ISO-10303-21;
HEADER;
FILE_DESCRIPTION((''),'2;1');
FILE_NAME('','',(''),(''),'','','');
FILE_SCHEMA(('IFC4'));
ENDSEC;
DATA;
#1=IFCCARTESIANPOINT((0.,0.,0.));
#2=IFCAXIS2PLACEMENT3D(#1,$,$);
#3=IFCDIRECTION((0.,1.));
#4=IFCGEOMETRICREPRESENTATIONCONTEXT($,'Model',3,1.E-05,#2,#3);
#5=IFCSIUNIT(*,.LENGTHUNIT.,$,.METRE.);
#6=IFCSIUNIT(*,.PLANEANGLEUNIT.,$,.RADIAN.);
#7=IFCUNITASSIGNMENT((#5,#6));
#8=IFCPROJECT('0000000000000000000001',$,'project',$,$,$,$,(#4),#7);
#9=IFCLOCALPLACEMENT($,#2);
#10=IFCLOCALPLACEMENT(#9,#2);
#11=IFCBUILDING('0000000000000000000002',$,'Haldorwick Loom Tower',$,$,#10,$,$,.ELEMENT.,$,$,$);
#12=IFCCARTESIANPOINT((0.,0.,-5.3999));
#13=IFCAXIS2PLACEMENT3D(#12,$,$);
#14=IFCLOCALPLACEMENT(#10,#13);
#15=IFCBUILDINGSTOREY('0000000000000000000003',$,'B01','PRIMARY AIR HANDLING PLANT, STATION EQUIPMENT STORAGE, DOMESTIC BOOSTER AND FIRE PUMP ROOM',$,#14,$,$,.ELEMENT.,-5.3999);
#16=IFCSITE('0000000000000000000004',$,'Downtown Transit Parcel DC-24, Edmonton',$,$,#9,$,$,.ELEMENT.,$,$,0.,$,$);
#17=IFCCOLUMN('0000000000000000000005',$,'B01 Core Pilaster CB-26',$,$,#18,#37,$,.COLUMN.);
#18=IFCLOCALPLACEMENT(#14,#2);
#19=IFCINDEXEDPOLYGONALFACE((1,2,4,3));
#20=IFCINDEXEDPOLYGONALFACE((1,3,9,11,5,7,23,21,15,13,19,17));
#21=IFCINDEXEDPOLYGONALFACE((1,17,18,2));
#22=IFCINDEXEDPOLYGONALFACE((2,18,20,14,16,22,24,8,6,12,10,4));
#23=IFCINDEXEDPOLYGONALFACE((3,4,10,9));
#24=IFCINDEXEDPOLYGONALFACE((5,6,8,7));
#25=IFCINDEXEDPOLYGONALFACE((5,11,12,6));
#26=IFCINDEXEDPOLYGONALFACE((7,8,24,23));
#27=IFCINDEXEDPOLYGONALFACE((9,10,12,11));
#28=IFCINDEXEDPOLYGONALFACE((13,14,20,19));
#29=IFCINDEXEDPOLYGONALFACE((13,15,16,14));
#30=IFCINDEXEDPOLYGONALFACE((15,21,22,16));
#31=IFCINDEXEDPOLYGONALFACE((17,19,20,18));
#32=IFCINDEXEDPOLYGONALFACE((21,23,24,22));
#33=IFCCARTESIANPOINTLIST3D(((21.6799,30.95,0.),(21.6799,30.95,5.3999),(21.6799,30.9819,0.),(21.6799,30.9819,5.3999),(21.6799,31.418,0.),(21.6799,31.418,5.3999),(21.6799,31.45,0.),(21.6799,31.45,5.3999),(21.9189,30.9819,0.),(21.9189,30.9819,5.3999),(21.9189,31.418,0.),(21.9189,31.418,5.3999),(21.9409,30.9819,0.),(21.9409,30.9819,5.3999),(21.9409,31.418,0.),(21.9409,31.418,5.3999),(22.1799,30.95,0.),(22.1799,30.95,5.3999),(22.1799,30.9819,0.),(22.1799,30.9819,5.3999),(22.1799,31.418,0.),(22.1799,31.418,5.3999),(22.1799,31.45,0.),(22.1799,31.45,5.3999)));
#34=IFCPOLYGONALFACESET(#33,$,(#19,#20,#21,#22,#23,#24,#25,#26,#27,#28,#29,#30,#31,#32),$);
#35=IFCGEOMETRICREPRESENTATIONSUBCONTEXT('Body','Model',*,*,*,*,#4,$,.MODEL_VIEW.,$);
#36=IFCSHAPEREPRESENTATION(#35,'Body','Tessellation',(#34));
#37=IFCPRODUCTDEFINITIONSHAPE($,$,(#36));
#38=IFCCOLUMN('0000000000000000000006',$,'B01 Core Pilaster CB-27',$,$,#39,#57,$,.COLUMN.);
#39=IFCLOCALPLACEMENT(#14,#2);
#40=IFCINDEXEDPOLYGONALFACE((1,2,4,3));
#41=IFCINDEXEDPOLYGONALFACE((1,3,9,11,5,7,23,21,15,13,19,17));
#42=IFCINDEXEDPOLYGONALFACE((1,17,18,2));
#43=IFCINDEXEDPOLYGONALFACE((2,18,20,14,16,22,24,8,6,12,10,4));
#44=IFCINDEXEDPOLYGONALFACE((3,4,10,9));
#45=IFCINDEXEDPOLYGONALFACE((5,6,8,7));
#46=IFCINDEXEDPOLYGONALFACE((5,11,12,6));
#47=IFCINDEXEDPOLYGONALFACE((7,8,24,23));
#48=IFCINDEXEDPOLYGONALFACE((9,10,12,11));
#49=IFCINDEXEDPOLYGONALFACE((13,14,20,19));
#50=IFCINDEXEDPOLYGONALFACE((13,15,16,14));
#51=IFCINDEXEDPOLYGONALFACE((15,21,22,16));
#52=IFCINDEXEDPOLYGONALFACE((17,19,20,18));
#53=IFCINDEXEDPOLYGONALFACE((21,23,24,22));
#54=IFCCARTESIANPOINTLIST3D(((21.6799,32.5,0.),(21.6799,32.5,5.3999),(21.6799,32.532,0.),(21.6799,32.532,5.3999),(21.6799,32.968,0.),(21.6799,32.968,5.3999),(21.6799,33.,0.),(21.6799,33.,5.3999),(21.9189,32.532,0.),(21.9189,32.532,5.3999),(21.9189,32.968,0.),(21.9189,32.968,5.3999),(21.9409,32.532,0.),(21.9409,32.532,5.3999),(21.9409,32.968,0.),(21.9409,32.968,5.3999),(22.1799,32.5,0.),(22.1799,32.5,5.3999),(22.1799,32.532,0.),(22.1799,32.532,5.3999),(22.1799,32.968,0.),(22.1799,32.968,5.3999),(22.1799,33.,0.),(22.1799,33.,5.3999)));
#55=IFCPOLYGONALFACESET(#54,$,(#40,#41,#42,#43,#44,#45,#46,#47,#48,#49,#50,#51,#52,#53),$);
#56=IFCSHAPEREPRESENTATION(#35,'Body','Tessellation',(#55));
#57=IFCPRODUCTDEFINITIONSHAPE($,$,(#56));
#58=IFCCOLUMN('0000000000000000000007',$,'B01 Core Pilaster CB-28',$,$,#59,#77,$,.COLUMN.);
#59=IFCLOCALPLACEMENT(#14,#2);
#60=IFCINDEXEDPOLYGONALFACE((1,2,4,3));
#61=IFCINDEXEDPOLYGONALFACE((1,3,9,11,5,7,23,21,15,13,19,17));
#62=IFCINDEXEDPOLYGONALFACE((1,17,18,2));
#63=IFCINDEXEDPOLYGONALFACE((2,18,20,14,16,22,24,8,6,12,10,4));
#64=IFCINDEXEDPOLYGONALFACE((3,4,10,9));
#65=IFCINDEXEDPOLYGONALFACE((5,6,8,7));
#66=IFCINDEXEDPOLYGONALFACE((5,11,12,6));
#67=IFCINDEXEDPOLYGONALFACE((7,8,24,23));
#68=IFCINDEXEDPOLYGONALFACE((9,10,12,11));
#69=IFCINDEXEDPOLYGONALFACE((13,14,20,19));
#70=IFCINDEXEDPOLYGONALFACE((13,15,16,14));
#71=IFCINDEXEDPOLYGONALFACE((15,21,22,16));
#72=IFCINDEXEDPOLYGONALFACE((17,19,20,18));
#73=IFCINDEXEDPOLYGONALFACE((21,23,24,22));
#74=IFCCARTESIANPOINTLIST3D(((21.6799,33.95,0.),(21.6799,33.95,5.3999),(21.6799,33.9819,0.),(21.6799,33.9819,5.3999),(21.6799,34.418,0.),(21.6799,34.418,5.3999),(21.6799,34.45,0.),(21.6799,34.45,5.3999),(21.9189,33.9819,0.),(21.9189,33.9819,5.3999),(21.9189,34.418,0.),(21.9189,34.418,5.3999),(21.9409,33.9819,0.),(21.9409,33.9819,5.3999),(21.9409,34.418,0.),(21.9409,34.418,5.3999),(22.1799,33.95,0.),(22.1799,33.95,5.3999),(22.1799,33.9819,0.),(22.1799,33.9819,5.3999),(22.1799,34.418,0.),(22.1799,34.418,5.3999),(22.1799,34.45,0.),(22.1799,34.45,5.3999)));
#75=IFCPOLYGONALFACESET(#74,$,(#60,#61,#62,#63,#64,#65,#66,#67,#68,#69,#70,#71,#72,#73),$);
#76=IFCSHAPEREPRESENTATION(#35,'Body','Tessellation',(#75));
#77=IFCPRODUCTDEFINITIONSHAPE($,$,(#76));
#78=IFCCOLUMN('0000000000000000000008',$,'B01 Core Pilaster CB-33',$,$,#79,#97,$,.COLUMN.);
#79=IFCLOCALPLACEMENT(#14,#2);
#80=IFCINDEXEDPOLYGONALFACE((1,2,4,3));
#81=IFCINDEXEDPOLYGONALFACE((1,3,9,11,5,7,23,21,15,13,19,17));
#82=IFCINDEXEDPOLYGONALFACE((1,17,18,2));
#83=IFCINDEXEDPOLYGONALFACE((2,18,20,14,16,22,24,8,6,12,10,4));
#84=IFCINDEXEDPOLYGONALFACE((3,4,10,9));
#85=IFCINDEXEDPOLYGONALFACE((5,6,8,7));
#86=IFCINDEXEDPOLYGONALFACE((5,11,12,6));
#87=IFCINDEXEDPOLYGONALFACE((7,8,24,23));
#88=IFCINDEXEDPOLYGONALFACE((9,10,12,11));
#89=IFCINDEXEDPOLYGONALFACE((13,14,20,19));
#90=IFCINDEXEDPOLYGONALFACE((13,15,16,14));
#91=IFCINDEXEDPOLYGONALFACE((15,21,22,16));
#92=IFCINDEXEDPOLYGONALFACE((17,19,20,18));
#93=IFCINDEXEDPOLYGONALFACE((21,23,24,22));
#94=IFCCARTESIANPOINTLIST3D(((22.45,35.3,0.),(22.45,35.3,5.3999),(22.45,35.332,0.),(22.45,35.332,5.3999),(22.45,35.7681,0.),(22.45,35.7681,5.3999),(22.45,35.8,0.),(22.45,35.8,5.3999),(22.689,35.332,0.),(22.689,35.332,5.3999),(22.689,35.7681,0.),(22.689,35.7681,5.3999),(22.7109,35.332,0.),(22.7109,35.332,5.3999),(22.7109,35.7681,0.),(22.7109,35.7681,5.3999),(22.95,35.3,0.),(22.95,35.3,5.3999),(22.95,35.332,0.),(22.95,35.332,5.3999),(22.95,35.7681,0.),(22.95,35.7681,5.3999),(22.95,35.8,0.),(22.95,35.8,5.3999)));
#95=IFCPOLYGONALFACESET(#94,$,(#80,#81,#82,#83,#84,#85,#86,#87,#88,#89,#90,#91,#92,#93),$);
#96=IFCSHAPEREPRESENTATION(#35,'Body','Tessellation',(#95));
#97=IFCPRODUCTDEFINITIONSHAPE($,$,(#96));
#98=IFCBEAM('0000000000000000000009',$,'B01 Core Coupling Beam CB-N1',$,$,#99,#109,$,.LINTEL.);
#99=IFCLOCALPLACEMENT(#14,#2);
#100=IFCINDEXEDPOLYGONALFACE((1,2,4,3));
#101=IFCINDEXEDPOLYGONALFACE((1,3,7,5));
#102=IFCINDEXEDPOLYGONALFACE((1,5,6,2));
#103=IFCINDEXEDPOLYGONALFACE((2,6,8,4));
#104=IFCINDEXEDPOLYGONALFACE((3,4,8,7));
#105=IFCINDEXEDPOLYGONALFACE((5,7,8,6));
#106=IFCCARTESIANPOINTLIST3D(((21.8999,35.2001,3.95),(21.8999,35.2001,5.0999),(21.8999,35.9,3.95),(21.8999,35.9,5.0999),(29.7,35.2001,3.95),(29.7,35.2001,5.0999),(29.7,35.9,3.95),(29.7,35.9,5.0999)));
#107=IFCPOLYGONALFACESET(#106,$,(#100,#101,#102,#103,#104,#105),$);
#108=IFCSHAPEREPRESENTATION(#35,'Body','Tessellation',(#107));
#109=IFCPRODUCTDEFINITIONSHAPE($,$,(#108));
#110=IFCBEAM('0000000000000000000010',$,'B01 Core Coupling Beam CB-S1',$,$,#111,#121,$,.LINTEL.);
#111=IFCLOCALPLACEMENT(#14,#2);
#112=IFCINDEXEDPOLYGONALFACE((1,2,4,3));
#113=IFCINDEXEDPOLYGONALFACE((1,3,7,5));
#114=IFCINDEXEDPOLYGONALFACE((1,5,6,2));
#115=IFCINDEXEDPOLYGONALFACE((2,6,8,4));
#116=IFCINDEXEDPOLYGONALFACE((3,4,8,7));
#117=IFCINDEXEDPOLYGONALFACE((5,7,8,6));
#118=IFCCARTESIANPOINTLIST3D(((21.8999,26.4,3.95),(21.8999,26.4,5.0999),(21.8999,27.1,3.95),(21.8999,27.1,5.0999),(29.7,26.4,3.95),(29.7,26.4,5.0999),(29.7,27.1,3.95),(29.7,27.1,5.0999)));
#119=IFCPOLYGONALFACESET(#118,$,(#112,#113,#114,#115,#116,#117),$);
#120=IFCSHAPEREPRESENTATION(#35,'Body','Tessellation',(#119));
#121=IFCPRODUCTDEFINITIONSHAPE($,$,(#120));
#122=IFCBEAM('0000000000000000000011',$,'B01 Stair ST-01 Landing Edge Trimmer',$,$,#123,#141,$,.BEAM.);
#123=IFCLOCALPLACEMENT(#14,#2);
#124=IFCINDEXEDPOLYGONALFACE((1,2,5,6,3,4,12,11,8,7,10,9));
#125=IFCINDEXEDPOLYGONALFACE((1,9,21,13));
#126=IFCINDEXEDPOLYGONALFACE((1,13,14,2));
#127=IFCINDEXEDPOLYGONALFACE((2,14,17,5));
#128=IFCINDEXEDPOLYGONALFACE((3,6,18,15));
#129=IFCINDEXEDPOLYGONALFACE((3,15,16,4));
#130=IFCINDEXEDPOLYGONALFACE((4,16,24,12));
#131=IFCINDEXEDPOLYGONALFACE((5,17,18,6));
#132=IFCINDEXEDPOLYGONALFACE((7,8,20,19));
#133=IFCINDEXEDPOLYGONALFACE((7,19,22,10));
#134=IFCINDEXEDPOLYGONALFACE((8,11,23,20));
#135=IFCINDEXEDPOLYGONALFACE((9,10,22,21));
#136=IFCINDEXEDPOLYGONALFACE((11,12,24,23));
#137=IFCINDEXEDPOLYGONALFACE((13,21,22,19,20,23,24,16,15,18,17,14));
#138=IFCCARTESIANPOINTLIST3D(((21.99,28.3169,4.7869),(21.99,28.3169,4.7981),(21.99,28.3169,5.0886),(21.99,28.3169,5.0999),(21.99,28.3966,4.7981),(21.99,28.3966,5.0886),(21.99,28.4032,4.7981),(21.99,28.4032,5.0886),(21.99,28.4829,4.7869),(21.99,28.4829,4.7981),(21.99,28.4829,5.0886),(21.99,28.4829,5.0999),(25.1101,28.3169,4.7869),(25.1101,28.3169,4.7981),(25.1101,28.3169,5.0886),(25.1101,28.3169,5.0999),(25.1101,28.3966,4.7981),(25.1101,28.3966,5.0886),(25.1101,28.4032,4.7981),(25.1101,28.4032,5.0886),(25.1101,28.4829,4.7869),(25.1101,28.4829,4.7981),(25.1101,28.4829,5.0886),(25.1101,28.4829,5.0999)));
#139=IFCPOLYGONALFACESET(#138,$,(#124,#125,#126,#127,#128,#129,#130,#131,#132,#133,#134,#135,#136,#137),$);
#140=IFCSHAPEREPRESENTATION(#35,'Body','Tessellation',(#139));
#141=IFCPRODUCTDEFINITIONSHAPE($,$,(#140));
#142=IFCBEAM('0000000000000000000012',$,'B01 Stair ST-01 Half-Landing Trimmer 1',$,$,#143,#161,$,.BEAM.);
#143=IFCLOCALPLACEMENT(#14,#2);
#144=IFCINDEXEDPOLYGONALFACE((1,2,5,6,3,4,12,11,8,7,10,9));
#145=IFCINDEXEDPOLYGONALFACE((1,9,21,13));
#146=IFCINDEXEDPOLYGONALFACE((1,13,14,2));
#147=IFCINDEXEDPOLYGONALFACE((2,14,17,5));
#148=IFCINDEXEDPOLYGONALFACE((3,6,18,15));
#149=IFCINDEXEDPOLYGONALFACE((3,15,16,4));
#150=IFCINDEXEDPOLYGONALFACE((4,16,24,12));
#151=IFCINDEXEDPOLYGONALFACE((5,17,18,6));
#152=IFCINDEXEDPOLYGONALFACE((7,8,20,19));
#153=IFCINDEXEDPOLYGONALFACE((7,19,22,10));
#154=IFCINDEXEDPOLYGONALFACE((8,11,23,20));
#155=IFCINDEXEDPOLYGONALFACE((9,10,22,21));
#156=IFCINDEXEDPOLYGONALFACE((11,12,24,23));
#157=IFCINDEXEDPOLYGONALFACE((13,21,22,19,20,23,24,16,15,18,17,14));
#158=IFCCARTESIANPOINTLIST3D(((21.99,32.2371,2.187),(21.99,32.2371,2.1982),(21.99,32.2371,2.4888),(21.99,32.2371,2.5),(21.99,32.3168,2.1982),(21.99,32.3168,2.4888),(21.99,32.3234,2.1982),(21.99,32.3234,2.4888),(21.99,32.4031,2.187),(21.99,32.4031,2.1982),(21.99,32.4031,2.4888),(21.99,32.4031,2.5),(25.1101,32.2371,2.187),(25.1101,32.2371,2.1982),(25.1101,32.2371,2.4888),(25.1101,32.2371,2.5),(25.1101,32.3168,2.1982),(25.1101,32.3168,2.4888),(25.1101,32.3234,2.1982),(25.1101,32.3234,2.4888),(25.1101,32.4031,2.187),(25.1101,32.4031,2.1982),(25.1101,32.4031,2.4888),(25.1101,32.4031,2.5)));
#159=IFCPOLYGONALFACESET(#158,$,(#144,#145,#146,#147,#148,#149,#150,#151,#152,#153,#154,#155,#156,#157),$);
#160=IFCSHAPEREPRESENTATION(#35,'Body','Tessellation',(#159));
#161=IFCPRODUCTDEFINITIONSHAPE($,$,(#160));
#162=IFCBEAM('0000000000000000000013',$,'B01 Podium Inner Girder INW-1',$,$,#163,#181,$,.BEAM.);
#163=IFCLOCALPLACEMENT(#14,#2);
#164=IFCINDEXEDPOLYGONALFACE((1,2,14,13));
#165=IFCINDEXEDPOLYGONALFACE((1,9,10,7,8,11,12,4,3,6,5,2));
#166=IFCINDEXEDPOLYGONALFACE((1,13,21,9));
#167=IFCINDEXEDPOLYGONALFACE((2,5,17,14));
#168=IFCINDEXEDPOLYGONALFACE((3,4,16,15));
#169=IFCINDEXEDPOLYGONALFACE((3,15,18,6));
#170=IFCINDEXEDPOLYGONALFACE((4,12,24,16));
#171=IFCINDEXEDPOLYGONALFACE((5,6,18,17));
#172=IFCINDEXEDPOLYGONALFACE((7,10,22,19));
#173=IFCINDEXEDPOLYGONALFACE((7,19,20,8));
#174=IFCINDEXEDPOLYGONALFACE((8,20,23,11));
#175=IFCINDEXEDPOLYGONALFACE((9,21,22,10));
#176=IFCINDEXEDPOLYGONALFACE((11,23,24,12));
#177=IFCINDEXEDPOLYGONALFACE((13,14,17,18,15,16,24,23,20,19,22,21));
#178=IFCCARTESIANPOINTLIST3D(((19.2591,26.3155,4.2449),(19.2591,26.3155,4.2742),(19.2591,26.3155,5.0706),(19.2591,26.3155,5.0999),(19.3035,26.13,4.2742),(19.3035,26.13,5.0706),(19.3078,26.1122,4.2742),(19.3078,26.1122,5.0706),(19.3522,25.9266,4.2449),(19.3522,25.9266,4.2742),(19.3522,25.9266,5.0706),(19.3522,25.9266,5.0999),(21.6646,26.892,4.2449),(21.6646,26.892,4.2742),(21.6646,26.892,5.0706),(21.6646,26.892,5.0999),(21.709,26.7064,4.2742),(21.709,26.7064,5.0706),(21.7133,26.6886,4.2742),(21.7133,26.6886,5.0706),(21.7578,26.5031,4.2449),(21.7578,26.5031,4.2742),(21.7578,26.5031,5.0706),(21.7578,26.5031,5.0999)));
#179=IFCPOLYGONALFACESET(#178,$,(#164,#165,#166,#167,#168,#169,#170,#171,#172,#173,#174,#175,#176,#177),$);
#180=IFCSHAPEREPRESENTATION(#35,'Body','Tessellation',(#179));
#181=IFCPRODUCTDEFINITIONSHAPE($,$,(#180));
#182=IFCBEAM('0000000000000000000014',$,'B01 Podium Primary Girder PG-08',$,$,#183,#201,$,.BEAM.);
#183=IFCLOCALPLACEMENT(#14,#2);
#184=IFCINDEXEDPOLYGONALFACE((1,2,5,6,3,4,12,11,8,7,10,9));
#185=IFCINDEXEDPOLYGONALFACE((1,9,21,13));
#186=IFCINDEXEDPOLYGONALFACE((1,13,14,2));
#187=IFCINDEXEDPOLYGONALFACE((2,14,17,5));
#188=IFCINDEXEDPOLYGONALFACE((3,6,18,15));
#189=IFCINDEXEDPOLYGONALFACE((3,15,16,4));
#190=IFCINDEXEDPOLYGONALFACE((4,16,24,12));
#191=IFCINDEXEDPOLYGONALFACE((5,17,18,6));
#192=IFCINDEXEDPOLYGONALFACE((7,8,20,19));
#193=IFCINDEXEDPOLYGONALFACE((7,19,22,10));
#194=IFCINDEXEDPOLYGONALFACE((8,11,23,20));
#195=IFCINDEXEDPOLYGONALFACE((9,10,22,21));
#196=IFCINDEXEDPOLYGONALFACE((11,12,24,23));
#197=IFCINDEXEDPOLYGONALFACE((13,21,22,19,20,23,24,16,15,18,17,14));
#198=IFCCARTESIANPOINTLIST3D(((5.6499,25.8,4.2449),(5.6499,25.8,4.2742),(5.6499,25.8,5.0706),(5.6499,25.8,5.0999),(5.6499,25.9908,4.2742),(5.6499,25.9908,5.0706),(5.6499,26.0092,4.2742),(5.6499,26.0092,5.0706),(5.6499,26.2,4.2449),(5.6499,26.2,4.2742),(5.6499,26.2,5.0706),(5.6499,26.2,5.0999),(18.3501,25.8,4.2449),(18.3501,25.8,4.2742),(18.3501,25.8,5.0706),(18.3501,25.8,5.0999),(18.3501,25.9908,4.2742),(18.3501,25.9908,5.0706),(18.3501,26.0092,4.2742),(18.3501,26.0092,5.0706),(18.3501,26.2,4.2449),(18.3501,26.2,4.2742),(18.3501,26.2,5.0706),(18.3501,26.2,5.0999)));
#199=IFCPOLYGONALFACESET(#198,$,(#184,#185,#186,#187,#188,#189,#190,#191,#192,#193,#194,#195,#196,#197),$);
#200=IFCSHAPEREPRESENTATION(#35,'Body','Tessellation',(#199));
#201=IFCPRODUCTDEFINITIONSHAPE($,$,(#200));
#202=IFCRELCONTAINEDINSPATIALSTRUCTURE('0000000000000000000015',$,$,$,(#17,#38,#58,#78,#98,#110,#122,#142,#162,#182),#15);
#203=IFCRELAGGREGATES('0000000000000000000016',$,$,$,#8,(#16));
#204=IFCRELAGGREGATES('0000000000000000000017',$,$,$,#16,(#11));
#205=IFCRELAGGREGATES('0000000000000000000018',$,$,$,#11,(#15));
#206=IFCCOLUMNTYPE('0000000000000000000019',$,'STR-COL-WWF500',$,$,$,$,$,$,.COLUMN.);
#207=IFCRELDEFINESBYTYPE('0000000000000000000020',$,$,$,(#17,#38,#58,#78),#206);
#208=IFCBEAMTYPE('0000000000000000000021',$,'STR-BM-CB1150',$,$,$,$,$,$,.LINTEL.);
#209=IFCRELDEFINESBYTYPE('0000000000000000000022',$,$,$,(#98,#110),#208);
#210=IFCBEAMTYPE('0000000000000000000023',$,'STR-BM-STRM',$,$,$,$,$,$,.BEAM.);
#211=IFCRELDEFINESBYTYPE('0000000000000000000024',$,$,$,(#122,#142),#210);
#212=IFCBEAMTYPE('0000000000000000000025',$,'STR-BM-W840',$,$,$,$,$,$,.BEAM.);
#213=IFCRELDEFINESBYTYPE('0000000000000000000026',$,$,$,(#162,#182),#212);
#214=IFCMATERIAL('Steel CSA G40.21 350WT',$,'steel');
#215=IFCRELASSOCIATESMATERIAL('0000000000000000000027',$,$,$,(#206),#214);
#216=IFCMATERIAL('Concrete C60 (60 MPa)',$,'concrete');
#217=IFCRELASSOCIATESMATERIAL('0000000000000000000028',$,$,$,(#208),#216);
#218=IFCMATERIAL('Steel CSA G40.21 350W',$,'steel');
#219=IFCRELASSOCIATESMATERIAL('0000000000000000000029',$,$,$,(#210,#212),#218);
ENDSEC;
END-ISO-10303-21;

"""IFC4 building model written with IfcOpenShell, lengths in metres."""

from ifc_helpers import new_model, si_unit, direction, frame, origin, origin_2d, place, context, subcontext, project, spatial, rectangle, i_section, extrude, material, material_profile, profile_set, type_object, element, save


model = new_model("IFC4")

# Units and contexts
model_context = context("Model", 3, precision=1e-05, world=origin(), true_north=direction((0.0, 1.0)))
body_context = subcontext(model_context, "Body", "Model", "MODEL_VIEW")
ifc_project = project(units=[si_unit("LENGTHUNIT", "METRE"), si_unit("PLANEANGLEUNIT", "RADIAN")], contexts=[model_context])

# Site, building, storey
site_placement = place(None, origin())
site = spatial("IfcSite", under=ifc_project, at=site_placement, Name="Downtown Transit Parcel DC-24, Edmonton", CompositionType="ELEMENT", RefElevation=0.0)
building_placement = place(site_placement, origin())
building = spatial("IfcBuilding", under=site, at=building_placement, Name="Haldorwick Loom Tower", CompositionType="ELEMENT")
storey_placement = place(building_placement, frame((0.0, 0.0, -5.3999)))
storey = spatial("IfcBuildingStorey", under=building, at=storey_placement, Name="B01", Description="PRIMARY AIR HANDLING PLANT, STATION EQUIPMENT STORAGE, DOMESTIC BOOSTER AND FIRE PUMP ROOM", CompositionType="ELEMENT", Elevation=-5.3999)

# Columns
ifc_material_1 = material(Name="Concrete C60 (60 MPa)", Category="concrete")
ifc_material_2 = material(Name="Steel CSA G40.21 350WT", Category="steel")
ifc_material_profile_1 = material_profile(ifc_material_2, i_section(OverallWidth=0.5, OverallDepth=0.5, WebThickness=0.022, FlangeThickness=0.032, at=origin_2d()), Name="WWF500X500", Category="steel")
ifc_profile_set_1 = profile_set([ifc_material_profile_1], Name="Steel CSA G40.21 350WT")
column_type_1 = type_object("IfcColumnType", Name="STR-COL-WWF500", PredefinedType="COLUMN", material=ifc_profile_set_1)
for number, where, z_axis, x_axis, name in (
    (1, (21.9299, 31.2, 0.0), (0.0, 0.0, 1.0), (1.0, 0.0, 0.0), "B01 Core Pilaster CB-26"),
    (2, (21.9299, 32.75, 0.0), (0.0, 0.0, 1.0), (1.0, 0.0, 0.0), "B01 Core Pilaster CB-27"),
    (3, (21.9299, 34.2, 0.0), (0.0, 0.0, 1.0), (1.0, 0.0, 0.0), "B01 Core Pilaster CB-28"),
    (4, (22.7, 35.55, 0.0), (0.0, 0.0, 1.0), (1.0, 0.0, 0.0), "B01 Core Pilaster CB-33"),
):
    element("IfcColumn", number, at=place(storey_placement, frame(where, z_axis=z_axis, x_axis=x_axis)), inside=storey, type_object=column_type_1, Name=name, PredefinedType="COLUMN", context=body_context, shape_type="SweptSolid", body=[
        extrude(i_section(OverallWidth=0.5, OverallDepth=0.5, WebThickness=0.022, FlangeThickness=0.032, at=origin_2d()), origin(), (0.0, 0.0, 1.0), 5.3999),
    ])

# Beams
ifc_material_profile_2 = material_profile(ifc_material_1, rectangle(XDim=0.7, YDim=1.1499, at=origin_2d()), Name="RC700X1150", Category="concrete")
ifc_profile_set_2 = profile_set([ifc_material_profile_2], Name="Concrete C60 (60 MPa)")
beam_type_1 = type_object("IfcBeamType", Name="STR-BM-CB1150", PredefinedType="LINTEL", material=ifc_profile_set_2)
for number, where, z_axis, x_axis, name in (
    (5, (21.8999, 35.55, 4.5249), (1.0, 0.0, 0.0), (0.0, 1.0, 0.0), "B01 Core Coupling Beam CB-N1"),
    (6, (21.8999, 26.75, 4.5249), (1.0, 0.0, 0.0), (0.0, 1.0, 0.0), "B01 Core Coupling Beam CB-S1"),
):
    element("IfcBeam", number, at=place(storey_placement, frame(where, z_axis=z_axis, x_axis=x_axis)), inside=storey, type_object=beam_type_1, Name=name, PredefinedType="LINTEL", context=body_context, shape_type="SweptSolid", body=[
        extrude(rectangle(XDim=0.7, YDim=1.1499, at=origin_2d()), origin(), (0.0, 0.0, 1.0), 7.8),
    ])
ifc_material_3 = material(Name="Steel CSA G40.21 350W", Category="steel")
ifc_material_profile_3 = material_profile(ifc_material_3, i_section(OverallWidth=0.166, OverallDepth=0.313, WebThickness=0.0066, FlangeThickness=0.0112, at=origin_2d()), Name="W310X45", Category="steel")
ifc_profile_set_3 = profile_set([ifc_material_profile_3], Name="Steel CSA G40.21 350W")
beam_type_2 = type_object("IfcBeamType", Name="STR-BM-STRM", PredefinedType="BEAM", material=ifc_profile_set_3)
for number, where, z_axis, x_axis, name in (
    (7, (21.99, 28.3999, 4.9434), (1.0, 0.0, 0.0), (0.0, 1.0, 0.0), "B01 Stair ST-01 Landing Edge Trimmer"),
    (8, (21.99, 32.3201, 2.3435), (1.0, 0.0, 0.0), (0.0, 1.0, 0.0), "B01 Stair ST-01 Half-Landing Trimmer 1"),
):
    element("IfcBeam", number, at=place(storey_placement, frame(where, z_axis=z_axis, x_axis=x_axis)), inside=storey, type_object=beam_type_2, Name=name, PredefinedType="BEAM", context=body_context, shape_type="SweptSolid", body=[
        extrude(i_section(OverallWidth=0.166, OverallDepth=0.313, WebThickness=0.0066, FlangeThickness=0.0112, at=origin_2d()), origin(), (0.0, 0.0, 1.0), 3.1201),
    ])
ifc_material_profile_4 = material_profile(ifc_material_3, i_section(OverallWidth=0.3999, OverallDepth=0.855, WebThickness=0.0183, FlangeThickness=0.0293, at=origin_2d()), Name="W840X299", Category="steel")
ifc_profile_set_4 = profile_set([ifc_material_profile_4], Name="Steel CSA G40.21 350W")
beam_type_3 = type_object("IfcBeamType", Name="STR-BM-W840", PredefinedType="BEAM", material=ifc_profile_set_4)
beam_1_placement = place(storey_placement, frame((21.7112, 26.6975, 4.6724), z_axis=(-0.972471, -0.233026, 0.0), x_axis=(0.233026, -0.972471, 0.0)))
element("IfcBeam", 9, at=beam_1_placement, inside=storey, type_object=beam_type_3, Name="B01 Podium Inner Girder INW-1", PredefinedType="BEAM", context=body_context, shape_type="SweptSolid", body=[
    extrude(i_section(OverallWidth=0.3999, OverallDepth=0.855, WebThickness=0.0183, FlangeThickness=0.0293, at=origin_2d()), origin(), (0.0, 0.0, 1.0), 2.4736),
])
beam_2_placement = place(storey_placement, frame((5.6499, 26.0, 4.6724), z_axis=(1.0, 0.0, 0.0), x_axis=(0.0, 1.0, 0.0)))
element("IfcBeam", 10, at=beam_2_placement, inside=storey, type_object=beam_type_3, Name="B01 Podium Primary Girder PG-08", PredefinedType="BEAM", context=body_context, shape_type="SweptSolid", body=[
    extrude(i_section(OverallWidth=0.3999, OverallDepth=0.855, WebThickness=0.0183, FlangeThickness=0.0293, at=origin_2d()), origin(), (0.0, 0.0, 1.0), 12.7002),
])

save(model, "model.ifc")
